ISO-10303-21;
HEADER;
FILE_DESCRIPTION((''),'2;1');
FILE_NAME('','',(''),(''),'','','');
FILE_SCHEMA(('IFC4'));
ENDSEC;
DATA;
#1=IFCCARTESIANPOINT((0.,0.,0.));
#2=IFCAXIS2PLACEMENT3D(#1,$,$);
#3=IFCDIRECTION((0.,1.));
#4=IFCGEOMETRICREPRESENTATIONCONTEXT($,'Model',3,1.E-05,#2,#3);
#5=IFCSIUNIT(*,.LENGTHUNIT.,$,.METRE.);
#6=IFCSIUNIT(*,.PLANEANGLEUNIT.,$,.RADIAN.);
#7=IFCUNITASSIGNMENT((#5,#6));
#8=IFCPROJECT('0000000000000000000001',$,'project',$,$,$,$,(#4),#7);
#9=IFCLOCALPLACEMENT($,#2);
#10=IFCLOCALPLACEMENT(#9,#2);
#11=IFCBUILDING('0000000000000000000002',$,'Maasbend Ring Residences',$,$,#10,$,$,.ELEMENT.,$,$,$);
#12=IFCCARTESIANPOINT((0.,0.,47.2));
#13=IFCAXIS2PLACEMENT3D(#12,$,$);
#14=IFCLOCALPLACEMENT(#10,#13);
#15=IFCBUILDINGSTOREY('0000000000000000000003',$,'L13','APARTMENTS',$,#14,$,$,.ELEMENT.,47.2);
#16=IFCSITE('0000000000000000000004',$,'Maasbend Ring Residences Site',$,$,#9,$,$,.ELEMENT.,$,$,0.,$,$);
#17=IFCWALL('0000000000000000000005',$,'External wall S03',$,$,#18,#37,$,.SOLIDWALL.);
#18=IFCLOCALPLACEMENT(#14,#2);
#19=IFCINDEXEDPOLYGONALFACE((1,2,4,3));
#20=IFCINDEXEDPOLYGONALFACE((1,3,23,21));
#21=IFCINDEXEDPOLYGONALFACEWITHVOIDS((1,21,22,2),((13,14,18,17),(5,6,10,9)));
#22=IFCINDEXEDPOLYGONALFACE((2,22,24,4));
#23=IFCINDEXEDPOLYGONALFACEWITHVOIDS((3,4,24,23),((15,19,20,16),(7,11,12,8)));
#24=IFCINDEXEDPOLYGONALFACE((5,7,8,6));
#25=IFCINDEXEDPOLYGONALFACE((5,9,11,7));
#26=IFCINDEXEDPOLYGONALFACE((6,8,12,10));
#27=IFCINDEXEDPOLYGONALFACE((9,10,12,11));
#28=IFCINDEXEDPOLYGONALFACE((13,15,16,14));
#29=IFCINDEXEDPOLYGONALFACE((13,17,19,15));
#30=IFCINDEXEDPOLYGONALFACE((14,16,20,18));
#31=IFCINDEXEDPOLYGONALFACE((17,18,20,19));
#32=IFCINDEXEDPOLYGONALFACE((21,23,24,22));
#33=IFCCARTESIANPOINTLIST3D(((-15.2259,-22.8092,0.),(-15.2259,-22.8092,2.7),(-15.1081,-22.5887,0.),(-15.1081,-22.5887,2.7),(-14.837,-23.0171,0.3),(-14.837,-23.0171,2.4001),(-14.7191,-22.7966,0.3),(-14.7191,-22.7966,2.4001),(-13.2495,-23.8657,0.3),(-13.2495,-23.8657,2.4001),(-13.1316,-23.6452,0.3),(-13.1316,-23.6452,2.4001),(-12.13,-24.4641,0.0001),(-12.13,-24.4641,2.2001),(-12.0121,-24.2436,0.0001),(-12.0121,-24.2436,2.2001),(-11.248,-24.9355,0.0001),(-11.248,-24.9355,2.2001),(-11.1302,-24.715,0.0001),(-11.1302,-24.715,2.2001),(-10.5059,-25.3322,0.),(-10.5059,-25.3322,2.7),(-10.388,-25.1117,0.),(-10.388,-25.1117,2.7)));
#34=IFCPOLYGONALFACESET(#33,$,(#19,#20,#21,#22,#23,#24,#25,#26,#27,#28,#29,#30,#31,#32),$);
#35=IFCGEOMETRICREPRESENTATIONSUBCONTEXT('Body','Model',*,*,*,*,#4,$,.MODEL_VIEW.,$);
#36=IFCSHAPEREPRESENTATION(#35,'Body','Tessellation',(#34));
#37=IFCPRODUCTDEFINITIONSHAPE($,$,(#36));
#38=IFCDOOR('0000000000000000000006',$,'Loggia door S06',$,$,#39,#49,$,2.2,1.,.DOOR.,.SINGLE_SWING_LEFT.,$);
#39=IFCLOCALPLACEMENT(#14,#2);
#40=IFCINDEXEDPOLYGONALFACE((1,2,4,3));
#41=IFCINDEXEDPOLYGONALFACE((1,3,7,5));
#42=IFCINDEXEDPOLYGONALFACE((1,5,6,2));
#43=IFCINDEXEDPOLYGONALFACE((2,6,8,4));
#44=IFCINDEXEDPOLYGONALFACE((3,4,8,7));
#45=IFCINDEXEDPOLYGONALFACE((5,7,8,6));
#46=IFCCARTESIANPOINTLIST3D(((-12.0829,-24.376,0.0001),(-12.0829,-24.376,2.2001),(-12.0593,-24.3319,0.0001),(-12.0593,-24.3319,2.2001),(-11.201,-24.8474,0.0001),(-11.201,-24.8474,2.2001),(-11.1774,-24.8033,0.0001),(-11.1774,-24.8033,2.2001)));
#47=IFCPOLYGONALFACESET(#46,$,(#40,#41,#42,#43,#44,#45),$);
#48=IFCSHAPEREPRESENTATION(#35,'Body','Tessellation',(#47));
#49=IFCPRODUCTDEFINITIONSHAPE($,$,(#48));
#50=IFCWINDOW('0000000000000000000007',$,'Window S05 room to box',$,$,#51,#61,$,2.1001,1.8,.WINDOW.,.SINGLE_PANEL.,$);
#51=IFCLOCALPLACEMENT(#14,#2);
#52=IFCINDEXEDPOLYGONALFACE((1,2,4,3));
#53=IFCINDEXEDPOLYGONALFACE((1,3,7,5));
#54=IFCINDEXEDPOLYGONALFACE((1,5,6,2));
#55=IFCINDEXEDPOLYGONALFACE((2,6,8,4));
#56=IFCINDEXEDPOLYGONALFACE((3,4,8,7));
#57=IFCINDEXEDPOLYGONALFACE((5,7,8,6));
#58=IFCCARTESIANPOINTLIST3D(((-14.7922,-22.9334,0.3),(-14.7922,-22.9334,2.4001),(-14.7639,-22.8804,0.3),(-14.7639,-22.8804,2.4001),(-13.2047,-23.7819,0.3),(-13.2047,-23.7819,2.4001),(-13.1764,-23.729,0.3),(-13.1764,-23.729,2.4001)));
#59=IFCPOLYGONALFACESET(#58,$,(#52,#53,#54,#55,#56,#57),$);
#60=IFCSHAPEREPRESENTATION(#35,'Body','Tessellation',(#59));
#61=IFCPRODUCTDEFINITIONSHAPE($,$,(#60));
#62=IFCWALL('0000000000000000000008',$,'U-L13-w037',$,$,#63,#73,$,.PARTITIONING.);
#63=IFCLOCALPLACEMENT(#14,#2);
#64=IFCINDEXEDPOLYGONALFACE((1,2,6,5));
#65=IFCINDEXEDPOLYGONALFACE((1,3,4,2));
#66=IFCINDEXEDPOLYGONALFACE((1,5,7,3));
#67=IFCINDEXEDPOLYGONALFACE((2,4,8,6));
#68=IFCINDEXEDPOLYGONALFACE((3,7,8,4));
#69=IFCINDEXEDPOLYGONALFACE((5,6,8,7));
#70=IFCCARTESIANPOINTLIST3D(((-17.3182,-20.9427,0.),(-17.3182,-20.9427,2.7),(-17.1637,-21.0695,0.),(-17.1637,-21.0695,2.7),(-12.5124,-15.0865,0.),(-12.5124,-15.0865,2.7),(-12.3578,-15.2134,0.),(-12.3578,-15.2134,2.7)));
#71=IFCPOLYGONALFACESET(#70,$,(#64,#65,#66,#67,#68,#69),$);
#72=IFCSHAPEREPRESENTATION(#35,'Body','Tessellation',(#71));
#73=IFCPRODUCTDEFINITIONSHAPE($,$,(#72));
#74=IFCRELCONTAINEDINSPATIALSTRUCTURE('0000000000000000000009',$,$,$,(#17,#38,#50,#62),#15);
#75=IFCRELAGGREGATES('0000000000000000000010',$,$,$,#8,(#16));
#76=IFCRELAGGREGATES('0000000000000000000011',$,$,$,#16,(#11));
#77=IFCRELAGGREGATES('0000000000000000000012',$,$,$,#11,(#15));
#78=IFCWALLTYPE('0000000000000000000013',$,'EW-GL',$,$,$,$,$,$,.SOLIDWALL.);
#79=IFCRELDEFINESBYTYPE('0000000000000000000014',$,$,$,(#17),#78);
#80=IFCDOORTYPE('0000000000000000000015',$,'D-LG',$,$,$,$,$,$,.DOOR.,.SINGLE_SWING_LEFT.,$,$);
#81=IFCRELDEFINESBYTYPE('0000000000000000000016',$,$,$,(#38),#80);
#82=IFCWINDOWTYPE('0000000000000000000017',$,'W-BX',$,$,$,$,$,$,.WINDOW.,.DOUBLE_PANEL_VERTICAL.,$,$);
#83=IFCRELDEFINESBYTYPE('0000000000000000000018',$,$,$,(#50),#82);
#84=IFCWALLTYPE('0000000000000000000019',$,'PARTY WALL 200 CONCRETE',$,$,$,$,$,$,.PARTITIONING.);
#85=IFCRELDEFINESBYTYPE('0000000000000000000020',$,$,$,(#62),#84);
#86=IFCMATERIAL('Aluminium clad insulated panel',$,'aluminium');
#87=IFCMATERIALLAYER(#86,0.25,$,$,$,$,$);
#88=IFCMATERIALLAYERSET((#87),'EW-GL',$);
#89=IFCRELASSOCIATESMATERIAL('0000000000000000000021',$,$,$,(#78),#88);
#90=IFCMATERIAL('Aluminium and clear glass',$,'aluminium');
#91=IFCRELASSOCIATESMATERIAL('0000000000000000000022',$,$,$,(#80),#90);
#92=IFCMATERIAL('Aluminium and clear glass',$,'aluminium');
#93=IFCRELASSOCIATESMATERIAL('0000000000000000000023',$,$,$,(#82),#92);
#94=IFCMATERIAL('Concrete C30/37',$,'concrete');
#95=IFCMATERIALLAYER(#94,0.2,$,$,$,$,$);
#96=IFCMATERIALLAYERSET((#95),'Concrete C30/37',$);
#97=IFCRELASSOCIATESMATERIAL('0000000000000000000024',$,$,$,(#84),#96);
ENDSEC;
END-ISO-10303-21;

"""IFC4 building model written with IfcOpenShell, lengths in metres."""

from ifc_helpers import new_model, si_unit, direction, frame, frame_2d, origin, place, context, subcontext, project, spatial, rectangle, extrude, material, layer, layer_set, type_object, element, fill, save


model = new_model("IFC4")

# Units and contexts
model_context = context("Model", 3, precision=1e-05, world=origin(), true_north=direction((0.0, 1.0)))
body_context = subcontext(model_context, "Body", "Model", "MODEL_VIEW")
ifc_project = project(units=[si_unit("LENGTHUNIT", "METRE"), si_unit("PLANEANGLEUNIT", "RADIAN")], contexts=[model_context])

# Site, building, storey
site_placement = place(None, origin())
site = spatial("IfcSite", under=ifc_project, at=site_placement, Name="Maasbend Ring Residences Site", CompositionType="ELEMENT", RefElevation=0.0)
building_placement = place(site_placement, origin())
building = spatial("IfcBuilding", under=site, at=building_placement, Name="Maasbend Ring Residences", CompositionType="ELEMENT")
storey_placement = place(building_placement, frame((0.0, 0.0, 47.2)))
storey = spatial("IfcBuildingStorey", under=building, at=storey_placement, Name="L13", Description="APARTMENTS", CompositionType="ELEMENT", Elevation=47.2)

# Wall, openings, door, window
ifc_material_1 = material(Name="Aluminium clad insulated panel", Category="aluminium")
ifc_layer_1 = layer(ifc_material_1, 0.25)
ifc_layer_set_1 = layer_set([ifc_layer_1], Name="EW-GL")
wall_type_1 = type_object("IfcWallType", Name="EW-GL", PredefinedType="SOLIDWALL", material=ifc_layer_set_1)
ifc_material_2 = material(Name="Aluminium and clear glass", Category="aluminium")
door_type = type_object("IfcDoorType", Name="D-LG", OperationType="SINGLE_SWING_LEFT", PredefinedType="DOOR", material=ifc_material_2)
ifc_material_3 = material(Name="Aluminium and clear glass", Category="aluminium")
window_type_1 = type_object("IfcWindowType", Name="W-BX", PartitioningType="DOUBLE_PANEL_VERTICAL", PredefinedType="WINDOW", material=ifc_material_3)
wall_1_placement = place(storey_placement, frame((-15.167, -22.699, 0.0), z_axis=(0.0, 0.0, 1.0), x_axis=(0.881916, -0.471407, 0.0)))
wall_1 = element("IfcWall", 1, at=wall_1_placement, inside=storey, type_object=wall_type_1, Name="External wall S03", PredefinedType="SOLIDWALL", context=body_context, shape_type="SweptSolid", body=[
    extrude(rectangle(XDim=5.3521, YDim=0.25, at=frame_2d((2.676, 0.0))), origin(), (0.0, 0.0, 1.0), 2.7),
])
opening_1_placement = place(wall_1_placement, frame((0.4412, 0.0, 0.3)))
opening_1 = element("IfcOpeningElement", 2, at=opening_1_placement, cuts=wall_1, PredefinedType="OPENING", context=body_context, shape_type="SweptSolid", body=[
    extrude(rectangle(XDim=1.8, YDim=2.1001, at=frame_2d((0.8999, 1.05))), frame((0.0, 0.135, 0.0), z_axis=(0.0, -1.0, 0.0), x_axis=(1.0, 0.0, 0.0)), (0.0, 0.0, 1.0), 0.27),
])
opening_2_placement = place(wall_1_placement, frame((3.5105, 0.0, 0.0)))
opening_2 = element("IfcOpeningElement", 3, at=opening_2_placement, cuts=wall_1, PredefinedType="OPENING", context=body_context, shape_type="SweptSolid", body=[
    extrude(rectangle(XDim=1.0, YDim=2.2, at=frame_2d((0.5, 1.1001))), frame((0.0, 0.135, 0.0), z_axis=(0.0, -1.0, 0.0), x_axis=(1.0, 0.0, 0.0)), (0.0, 0.0, 1.0), 0.27),
])
door_1_placement = place(opening_2_placement, origin())
door_1 = element("IfcDoor", 4, at=door_1_placement, inside=storey, type_object=door_type, Name="Loggia door S06", OperationType="SINGLE_SWING_LEFT", OverallHeight=2.2, OverallWidth=1.0, PredefinedType="DOOR", context=body_context, shape_type="SweptSolid", body=[
    extrude(rectangle(XDim=1.0, YDim=2.2, at=frame_2d((0.5, 1.1001))), frame((0.0, 0.0249, 0.0), z_axis=(0.0, -1.0, 0.0), x_axis=(1.0, 0.0, 0.0)), (0.0, 0.0, 1.0), 0.05),
])
fill(opening_2, door_1)
window_1_placement = place(opening_1_placement, origin())
window_1 = element("IfcWindow", 5, at=window_1_placement, inside=storey, type_object=window_type_1, Name="Window S05 room to box", OverallHeight=2.1001, OverallWidth=1.8, PartitioningType="SINGLE_PANEL", PredefinedType="WINDOW", context=body_context, shape_type="SweptSolid", body=[
    extrude(rectangle(XDim=1.8, YDim=2.1001, at=frame_2d((0.8999, 1.05))), frame((0.0, 0.03, 0.0), z_axis=(0.0, -1.0, 0.0), x_axis=(1.0, 0.0, 0.0)), (0.0, 0.0, 1.0), 0.0601),
])
fill(opening_1, window_1)

# Wall
ifc_material_4 = material(Name="Concrete C30/37", Category="concrete")
ifc_layer_2 = layer(ifc_material_4, 0.2)
ifc_layer_set_2 = layer_set([ifc_layer_2], Name="Concrete C30/37")
wall_type_2 = type_object("IfcWallType", Name="PARTY WALL 200 CONCRETE", PredefinedType="PARTITIONING", material=ifc_layer_set_2)
wall_2_placement = place(storey_placement, frame((-17.241, -21.0061, 0.0), z_axis=(0.0, 0.0, 1.0), x_axis=(0.634381, 0.77302, 0.0)))
element("IfcWall", 6, at=wall_2_placement, inside=storey, type_object=wall_type_2, Name="U-L13-w037", PredefinedType="PARTITIONING", context=body_context, shape_type="SweptSolid", body=[
    extrude(rectangle(XDim=7.5757, YDim=0.2, at=frame_2d((3.7878, 0.0))), origin(), (0.0, 0.0, 1.0), 2.7),
])

save(model, "model.ifc")
